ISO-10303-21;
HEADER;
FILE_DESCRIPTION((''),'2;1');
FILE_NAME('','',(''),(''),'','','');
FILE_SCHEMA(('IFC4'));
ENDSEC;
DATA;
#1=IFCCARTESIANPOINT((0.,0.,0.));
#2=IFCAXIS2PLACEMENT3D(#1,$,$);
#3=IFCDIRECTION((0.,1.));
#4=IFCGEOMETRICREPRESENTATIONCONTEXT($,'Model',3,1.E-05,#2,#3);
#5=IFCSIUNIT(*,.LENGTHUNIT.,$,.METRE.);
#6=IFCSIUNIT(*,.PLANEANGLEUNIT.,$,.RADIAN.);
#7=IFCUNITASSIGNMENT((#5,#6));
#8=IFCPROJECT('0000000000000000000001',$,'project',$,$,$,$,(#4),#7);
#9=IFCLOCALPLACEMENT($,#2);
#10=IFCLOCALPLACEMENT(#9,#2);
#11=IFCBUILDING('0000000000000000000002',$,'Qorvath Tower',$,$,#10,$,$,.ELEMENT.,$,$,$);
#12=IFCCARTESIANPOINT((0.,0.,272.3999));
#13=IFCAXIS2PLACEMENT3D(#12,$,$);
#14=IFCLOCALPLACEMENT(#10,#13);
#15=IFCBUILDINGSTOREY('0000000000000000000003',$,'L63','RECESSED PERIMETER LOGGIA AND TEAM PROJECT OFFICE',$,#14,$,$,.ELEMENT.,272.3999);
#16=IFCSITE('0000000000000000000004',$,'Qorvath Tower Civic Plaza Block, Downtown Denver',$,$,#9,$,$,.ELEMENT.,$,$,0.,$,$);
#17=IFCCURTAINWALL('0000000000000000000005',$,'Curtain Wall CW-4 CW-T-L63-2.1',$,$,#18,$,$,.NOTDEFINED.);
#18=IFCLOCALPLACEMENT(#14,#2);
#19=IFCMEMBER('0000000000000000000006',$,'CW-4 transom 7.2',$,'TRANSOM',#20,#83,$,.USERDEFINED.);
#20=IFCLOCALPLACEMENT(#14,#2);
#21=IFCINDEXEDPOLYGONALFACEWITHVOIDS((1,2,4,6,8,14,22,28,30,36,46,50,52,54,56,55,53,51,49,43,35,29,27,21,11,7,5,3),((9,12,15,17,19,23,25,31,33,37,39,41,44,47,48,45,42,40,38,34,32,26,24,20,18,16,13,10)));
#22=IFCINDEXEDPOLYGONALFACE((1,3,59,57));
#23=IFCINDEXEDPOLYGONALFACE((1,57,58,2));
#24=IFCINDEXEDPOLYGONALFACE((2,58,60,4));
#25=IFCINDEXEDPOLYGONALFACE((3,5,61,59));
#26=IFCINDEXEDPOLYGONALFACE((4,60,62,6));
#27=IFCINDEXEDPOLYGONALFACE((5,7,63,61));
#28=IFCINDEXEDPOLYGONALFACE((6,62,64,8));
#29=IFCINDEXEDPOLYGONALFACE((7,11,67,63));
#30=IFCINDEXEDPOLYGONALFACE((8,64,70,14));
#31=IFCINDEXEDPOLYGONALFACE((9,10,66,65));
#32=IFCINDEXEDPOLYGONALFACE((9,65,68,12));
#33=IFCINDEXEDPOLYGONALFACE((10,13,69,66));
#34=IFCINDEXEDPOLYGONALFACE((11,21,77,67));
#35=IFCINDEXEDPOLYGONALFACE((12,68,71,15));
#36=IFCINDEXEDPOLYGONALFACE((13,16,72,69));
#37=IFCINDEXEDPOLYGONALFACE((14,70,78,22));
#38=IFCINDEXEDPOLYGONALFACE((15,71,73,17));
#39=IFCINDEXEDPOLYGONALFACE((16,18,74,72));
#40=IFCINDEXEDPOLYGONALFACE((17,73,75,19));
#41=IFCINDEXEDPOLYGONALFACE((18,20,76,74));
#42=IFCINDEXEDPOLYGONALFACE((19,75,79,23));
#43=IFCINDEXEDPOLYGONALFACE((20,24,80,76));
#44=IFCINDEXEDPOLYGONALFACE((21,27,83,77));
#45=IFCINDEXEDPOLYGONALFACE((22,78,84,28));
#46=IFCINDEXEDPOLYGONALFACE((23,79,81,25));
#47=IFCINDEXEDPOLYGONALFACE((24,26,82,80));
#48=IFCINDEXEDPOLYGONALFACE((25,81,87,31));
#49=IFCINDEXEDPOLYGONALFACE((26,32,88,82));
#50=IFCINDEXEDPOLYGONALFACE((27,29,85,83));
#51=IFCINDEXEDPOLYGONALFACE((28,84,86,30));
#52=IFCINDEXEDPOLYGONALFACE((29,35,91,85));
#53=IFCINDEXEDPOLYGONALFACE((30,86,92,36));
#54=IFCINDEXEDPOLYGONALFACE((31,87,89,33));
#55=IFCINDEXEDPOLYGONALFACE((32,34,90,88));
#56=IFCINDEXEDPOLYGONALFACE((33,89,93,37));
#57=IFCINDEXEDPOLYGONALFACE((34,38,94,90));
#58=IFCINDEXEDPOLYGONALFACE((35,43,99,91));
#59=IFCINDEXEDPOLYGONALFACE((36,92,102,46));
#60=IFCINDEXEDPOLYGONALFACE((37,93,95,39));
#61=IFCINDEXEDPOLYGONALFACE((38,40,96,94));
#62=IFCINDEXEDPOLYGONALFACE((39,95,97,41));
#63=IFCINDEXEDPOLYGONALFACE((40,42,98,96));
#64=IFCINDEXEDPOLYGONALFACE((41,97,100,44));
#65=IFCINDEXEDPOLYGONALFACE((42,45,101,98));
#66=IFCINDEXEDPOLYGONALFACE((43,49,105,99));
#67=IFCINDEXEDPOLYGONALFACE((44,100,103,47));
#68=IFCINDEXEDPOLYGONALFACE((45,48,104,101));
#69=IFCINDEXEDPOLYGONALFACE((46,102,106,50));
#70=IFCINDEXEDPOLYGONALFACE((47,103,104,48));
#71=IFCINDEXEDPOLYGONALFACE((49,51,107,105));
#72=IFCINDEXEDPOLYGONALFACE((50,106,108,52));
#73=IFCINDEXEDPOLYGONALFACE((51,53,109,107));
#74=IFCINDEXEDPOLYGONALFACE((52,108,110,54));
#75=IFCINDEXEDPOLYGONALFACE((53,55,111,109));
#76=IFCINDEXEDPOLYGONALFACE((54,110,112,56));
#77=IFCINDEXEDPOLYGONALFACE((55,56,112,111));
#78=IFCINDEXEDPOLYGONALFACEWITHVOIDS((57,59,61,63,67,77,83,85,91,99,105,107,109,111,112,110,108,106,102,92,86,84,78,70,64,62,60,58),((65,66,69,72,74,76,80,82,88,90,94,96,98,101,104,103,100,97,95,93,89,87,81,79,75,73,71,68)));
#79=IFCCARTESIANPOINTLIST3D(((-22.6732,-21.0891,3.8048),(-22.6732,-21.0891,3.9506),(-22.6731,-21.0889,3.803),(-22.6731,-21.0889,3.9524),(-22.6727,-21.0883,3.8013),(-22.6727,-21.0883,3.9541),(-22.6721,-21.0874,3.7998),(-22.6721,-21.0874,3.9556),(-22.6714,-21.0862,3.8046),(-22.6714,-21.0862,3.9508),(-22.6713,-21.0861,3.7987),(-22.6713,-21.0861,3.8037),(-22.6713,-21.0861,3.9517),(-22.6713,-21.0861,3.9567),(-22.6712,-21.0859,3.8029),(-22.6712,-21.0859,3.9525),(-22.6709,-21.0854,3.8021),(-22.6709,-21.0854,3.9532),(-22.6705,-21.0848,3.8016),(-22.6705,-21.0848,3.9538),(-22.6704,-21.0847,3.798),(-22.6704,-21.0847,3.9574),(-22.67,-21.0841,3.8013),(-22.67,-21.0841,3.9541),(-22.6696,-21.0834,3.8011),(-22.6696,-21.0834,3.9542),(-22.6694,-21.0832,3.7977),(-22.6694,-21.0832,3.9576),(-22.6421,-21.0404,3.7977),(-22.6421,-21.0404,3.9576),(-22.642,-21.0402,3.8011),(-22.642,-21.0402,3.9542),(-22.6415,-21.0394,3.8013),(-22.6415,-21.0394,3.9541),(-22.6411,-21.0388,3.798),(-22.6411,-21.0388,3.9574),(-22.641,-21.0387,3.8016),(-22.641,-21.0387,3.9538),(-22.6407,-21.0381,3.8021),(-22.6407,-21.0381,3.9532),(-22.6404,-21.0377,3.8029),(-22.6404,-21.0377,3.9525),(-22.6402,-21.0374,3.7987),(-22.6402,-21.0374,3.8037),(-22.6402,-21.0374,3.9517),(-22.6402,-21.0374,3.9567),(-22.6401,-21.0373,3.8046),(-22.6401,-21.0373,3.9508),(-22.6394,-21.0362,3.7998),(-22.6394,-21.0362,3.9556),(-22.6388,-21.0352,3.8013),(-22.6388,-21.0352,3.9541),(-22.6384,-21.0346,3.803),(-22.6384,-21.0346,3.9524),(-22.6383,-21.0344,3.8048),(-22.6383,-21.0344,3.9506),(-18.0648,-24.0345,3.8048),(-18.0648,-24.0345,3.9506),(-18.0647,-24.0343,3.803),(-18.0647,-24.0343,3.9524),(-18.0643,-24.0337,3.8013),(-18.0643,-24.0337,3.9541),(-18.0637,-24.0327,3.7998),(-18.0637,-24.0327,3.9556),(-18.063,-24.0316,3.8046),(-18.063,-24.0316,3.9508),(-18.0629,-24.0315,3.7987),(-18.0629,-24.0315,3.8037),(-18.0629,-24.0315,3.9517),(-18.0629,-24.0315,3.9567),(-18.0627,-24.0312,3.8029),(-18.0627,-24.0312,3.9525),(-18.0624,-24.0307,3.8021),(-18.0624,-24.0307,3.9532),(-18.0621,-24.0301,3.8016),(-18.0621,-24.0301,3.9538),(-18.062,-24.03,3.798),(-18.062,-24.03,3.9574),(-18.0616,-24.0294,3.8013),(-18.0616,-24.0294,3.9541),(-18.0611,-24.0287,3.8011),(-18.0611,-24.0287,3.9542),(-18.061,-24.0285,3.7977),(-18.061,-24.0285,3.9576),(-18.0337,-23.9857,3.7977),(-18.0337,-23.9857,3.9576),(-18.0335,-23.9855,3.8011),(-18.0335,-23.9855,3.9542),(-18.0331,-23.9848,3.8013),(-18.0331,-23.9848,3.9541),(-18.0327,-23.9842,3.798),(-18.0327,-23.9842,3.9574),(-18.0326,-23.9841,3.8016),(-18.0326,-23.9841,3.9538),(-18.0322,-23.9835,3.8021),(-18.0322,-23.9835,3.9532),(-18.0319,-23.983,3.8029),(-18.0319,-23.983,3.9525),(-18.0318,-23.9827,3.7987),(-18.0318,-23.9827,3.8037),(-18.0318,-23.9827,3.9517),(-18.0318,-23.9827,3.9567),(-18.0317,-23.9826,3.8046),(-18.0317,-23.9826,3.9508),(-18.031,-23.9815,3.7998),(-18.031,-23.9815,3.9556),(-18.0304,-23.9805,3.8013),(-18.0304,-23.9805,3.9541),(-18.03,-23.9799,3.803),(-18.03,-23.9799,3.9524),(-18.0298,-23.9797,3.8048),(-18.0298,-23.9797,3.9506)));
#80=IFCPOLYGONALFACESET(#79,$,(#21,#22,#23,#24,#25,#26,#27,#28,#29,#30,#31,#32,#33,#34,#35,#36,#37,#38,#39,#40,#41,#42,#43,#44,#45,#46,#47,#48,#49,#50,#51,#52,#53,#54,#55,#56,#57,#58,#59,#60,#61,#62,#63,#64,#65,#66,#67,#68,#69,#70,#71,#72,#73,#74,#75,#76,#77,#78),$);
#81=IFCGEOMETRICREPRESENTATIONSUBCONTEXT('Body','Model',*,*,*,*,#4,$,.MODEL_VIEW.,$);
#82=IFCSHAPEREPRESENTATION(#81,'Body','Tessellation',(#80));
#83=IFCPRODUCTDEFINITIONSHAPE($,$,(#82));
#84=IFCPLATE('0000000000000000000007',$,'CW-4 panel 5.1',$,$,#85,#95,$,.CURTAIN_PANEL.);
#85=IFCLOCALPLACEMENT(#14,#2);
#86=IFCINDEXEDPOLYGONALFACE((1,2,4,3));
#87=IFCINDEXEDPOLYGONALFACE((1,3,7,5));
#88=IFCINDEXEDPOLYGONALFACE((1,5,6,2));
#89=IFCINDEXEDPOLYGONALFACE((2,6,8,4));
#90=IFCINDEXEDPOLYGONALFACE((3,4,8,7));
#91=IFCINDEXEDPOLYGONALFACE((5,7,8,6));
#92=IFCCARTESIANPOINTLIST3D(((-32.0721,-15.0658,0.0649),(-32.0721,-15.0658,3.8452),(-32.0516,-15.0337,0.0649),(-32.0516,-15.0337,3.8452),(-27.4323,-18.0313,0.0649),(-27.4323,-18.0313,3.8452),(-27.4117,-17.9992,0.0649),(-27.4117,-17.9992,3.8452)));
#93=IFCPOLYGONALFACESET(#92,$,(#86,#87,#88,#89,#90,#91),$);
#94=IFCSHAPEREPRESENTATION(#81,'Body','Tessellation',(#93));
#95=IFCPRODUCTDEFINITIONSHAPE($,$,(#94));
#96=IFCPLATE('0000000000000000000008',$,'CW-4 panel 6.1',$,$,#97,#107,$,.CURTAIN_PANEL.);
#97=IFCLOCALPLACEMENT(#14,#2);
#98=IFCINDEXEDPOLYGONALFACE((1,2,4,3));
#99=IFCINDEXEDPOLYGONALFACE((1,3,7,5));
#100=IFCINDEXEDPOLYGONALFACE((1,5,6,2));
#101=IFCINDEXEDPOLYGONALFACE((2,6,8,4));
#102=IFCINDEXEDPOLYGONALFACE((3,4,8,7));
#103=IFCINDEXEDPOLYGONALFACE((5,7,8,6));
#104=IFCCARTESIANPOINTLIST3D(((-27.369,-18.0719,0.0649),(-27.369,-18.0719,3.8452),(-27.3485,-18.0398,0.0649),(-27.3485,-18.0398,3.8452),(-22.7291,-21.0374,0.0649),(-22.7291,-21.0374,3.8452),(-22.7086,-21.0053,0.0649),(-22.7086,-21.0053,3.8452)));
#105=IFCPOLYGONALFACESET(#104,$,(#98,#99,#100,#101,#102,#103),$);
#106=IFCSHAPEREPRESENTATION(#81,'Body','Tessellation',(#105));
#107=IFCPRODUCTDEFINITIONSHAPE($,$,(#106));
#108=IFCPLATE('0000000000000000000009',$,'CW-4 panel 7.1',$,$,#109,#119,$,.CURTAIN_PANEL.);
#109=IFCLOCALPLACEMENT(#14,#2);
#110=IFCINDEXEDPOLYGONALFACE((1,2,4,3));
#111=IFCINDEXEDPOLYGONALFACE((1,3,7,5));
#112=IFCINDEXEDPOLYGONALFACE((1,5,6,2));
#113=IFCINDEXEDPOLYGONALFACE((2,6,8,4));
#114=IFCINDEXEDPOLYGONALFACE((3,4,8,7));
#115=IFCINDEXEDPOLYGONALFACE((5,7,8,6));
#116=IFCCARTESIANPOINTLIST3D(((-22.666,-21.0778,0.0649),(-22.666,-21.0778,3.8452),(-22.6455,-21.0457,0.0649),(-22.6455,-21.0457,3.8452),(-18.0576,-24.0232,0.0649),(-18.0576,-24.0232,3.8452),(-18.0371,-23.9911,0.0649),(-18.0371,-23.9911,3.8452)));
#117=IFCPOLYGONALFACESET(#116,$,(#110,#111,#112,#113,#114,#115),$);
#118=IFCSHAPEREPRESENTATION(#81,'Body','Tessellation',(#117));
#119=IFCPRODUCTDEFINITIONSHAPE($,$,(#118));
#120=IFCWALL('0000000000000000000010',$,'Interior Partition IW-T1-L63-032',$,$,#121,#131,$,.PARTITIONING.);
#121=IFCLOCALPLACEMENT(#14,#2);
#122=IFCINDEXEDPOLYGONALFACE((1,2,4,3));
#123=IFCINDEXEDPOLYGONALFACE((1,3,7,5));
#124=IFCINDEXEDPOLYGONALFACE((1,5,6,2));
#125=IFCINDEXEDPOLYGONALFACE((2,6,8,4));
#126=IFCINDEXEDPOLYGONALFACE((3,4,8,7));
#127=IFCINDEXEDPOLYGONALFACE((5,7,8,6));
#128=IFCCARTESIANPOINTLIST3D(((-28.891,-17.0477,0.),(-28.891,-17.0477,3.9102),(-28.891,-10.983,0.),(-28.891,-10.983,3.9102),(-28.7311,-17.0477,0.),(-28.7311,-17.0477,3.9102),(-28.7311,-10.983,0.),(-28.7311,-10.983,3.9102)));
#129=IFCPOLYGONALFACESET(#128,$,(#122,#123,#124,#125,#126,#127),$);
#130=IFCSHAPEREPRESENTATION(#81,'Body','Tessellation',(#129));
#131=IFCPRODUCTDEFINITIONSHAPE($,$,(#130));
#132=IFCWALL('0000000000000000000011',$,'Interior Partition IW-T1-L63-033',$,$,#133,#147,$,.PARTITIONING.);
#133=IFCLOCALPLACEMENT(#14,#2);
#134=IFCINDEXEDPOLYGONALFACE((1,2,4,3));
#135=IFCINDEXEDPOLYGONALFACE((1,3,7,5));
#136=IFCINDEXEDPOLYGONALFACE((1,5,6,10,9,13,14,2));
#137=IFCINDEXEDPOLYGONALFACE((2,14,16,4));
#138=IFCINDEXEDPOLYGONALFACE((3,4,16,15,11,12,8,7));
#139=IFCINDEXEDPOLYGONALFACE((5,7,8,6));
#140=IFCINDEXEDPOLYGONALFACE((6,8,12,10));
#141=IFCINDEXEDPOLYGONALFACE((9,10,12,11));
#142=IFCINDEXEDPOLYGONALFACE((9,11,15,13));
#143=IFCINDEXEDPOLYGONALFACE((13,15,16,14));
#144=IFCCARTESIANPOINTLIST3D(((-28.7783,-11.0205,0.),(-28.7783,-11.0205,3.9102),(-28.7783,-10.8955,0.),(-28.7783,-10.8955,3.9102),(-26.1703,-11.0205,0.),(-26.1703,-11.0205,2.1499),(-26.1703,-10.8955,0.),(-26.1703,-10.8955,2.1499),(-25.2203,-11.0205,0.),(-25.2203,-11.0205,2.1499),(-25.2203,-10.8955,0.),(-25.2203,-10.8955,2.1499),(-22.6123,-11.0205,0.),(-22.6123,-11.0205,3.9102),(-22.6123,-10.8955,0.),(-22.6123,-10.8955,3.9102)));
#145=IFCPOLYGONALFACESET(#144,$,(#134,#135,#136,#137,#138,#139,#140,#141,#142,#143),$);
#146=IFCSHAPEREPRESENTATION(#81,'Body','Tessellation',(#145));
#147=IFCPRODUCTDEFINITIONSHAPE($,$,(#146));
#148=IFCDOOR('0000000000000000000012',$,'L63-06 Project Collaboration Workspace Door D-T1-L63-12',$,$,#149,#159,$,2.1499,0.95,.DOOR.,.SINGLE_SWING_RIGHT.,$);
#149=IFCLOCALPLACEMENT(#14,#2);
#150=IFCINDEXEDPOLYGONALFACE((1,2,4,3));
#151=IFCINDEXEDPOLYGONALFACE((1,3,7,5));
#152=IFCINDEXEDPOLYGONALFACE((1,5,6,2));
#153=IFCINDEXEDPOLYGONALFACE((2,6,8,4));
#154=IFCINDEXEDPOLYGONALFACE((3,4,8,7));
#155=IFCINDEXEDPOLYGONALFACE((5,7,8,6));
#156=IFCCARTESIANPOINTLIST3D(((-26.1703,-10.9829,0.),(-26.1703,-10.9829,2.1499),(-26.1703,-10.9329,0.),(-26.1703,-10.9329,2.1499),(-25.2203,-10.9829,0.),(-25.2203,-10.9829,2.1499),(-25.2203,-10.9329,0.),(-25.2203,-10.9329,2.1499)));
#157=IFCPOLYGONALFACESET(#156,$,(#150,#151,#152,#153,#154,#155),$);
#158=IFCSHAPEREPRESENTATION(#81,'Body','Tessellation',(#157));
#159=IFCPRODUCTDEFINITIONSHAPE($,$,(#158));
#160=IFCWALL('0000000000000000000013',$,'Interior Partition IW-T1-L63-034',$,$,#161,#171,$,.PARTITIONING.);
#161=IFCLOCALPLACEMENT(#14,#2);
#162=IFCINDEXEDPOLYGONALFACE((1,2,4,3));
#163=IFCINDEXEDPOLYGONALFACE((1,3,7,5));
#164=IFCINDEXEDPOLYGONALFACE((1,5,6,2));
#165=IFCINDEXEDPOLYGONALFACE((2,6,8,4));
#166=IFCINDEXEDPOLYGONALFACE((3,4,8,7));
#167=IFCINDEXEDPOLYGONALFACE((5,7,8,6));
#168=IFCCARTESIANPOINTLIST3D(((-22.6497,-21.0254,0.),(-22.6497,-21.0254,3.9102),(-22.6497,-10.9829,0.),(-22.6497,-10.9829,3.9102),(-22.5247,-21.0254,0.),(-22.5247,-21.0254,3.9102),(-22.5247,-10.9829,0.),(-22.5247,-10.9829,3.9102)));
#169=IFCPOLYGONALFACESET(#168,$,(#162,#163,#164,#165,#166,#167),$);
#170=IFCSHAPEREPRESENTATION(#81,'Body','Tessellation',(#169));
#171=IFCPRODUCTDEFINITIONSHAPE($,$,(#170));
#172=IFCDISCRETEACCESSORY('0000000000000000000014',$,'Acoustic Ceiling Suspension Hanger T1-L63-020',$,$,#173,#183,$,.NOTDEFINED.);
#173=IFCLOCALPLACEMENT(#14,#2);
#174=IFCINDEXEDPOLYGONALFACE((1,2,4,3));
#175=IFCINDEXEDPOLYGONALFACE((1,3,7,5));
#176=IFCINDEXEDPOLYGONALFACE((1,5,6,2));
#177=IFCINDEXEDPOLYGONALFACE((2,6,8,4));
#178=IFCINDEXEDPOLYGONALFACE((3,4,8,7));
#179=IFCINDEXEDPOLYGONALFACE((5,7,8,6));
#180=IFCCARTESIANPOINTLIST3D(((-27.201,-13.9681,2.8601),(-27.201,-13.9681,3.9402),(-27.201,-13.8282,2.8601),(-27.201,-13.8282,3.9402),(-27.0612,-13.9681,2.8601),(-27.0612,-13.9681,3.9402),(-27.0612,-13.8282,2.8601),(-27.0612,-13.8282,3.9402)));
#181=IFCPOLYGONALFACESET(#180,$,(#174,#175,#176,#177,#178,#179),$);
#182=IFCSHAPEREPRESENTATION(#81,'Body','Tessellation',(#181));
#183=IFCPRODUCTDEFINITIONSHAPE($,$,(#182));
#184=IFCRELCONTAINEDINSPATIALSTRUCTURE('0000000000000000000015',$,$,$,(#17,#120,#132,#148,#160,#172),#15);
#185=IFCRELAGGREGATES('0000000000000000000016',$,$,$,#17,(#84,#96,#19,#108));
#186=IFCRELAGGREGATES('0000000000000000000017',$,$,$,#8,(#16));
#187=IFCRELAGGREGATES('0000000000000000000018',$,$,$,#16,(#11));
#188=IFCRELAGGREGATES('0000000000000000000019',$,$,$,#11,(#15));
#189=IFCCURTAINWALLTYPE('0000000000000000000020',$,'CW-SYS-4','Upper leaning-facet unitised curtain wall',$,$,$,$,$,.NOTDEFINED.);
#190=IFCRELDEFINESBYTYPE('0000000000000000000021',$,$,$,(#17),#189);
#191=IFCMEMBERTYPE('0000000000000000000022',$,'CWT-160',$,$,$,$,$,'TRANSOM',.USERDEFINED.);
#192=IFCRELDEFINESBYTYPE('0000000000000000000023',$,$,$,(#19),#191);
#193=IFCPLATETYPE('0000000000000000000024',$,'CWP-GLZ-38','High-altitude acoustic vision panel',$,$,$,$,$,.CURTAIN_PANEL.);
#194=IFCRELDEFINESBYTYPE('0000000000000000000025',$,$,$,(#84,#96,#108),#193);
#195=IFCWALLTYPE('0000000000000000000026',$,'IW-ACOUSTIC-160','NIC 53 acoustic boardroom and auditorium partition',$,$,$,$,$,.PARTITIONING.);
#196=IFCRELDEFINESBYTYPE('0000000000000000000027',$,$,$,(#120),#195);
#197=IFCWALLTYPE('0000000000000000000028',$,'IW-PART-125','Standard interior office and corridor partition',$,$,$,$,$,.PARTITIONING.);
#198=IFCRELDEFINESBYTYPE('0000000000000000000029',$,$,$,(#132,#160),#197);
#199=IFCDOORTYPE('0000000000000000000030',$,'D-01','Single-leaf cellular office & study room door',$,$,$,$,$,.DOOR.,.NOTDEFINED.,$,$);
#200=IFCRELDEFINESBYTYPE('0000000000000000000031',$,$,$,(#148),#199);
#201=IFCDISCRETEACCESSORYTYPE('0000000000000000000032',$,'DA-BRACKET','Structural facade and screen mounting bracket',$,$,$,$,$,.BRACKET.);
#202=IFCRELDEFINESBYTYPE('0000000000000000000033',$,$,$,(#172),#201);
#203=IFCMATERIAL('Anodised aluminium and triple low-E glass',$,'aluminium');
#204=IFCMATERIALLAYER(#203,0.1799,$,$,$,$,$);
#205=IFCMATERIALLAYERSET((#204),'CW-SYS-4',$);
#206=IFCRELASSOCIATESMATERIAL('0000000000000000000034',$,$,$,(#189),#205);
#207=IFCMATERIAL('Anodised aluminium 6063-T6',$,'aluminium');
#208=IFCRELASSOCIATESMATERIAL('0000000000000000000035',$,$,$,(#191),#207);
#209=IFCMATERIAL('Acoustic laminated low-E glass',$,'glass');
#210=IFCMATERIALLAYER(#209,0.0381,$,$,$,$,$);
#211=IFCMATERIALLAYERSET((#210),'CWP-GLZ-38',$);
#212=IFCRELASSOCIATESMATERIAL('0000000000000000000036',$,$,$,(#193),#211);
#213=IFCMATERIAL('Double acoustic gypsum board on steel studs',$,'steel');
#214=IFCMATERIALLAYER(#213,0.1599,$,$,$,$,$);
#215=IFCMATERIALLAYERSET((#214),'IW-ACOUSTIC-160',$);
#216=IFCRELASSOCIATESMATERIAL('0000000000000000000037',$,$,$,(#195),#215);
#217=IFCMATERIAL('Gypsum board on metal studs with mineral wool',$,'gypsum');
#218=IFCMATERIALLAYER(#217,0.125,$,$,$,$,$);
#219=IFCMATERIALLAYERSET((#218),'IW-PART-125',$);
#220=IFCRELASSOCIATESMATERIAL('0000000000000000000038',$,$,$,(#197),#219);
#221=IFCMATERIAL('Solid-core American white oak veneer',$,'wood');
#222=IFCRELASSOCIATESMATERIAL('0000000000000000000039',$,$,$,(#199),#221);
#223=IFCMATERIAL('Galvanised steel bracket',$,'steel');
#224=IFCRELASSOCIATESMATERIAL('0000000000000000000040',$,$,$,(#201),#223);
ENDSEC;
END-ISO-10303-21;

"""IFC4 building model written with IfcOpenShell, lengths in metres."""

from ifc_helpers import new_model, si_unit, direction, frame, frame_2d, origin, origin_2d, place, context, subcontext, project, spatial, rectangle, hollow_rectangle, extrude, material, layer, layer_set, material_profile, profile_set, type_object, element, fill, aggregate, save


model = new_model("IFC4")

# Units and contexts
model_context = context("Model", 3, precision=1e-05, world=origin(), true_north=direction((0.0, 1.0)))
body_context = subcontext(model_context, "Body", "Model", "MODEL_VIEW")
ifc_project = project(units=[si_unit("LENGTHUNIT", "METRE"), si_unit("PLANEANGLEUNIT", "RADIAN")], contexts=[model_context])

# Site, building, storey
site_placement = place(None, origin())
site = spatial("IfcSite", under=ifc_project, at=site_placement, Name="Qorvath Tower Civic Plaza Block, Downtown Denver", CompositionType="ELEMENT", RefElevation=0.0)
building_placement = place(site_placement, origin())
building = spatial("IfcBuilding", under=site, at=building_placement, Name="Qorvath Tower", CompositionType="ELEMENT")
storey_placement = place(building_placement, frame((0.0, 0.0, 272.3999)))
storey = spatial("IfcBuildingStorey", under=building, at=storey_placement, Name="L63", Description="RECESSED PERIMETER LOGGIA AND TEAM PROJECT OFFICE", CompositionType="ELEMENT", Elevation=272.3999)

# Curtain wall, member, plates
ifc_material_1 = material(Name="Anodised aluminium and triple low-E glass", Category="aluminium")
ifc_layer_1 = layer(ifc_material_1, 0.1799)
ifc_layer_set_1 = layer_set([ifc_layer_1], Name="CW-SYS-4")
curtain_wall_type = type_object("IfcCurtainWallType", Name="CW-SYS-4", Description="Upper leaning-facet unitised curtain wall", PredefinedType="NOTDEFINED", material=ifc_layer_set_1)
curtain_wall_placement = place(storey_placement, origin())
curtain_wall = element("IfcCurtainWall", 1, at=curtain_wall_placement, inside=storey, type_object=curtain_wall_type, Name="Curtain Wall CW-4 CW-T-L63-2.1", PredefinedType="NOTDEFINED")
ifc_material_2 = material(Name="Anodised aluminium 6063-T6", Category="aluminium")
ifc_material_profile_1 = material_profile(ifc_material_2, hollow_rectangle(XDim=0.0649, YDim=0.1599, WallThickness=0.0034, InnerFilletRadius=0.0034, OuterFilletRadius=0.0071, at=origin_2d()), Name="CWT 160x65")
ifc_profile_set_1 = profile_set([ifc_material_profile_1], Name="Anodised aluminium 6063-T6")
member_type_1 = type_object("IfcMemberType", Name="CWT-160", ElementType="TRANSOM", PredefinedType="USERDEFINED", material=ifc_profile_set_1)
member_1_placement = place(storey_placement, frame((-22.6558, -21.0618, 3.8777), z_axis=(0.842608, -0.538527, 0.0), x_axis=(0.538527, 0.842608, 0.0)))
member_1 = element("IfcMember", 2, at=member_1_placement, type_object=member_type_1, Name="CW-4 transom 7.2", ObjectType="TRANSOM", PredefinedType="USERDEFINED", context=body_context, shape_type="SweptSolid", body=[
    extrude(hollow_rectangle(XDim=0.0649, YDim=0.1599, WallThickness=0.0034, InnerFilletRadius=0.0034, OuterFilletRadius=0.0071, at=origin_2d()), origin(), (0.0, 0.0, 1.0), 5.4692),
])
ifc_material_3 = material(Name="Acoustic laminated low-E glass", Category="glass")
ifc_layer_2 = layer(ifc_material_3, 0.0381)
ifc_layer_set_2 = layer_set([ifc_layer_2], Name="CWP-GLZ-38")
plate_type = type_object("IfcPlateType", Name="CWP-GLZ-38", Description="High-altitude acoustic vision panel", PredefinedType="CURTAIN_PANEL", material=ifc_layer_set_2)
plate_1_placement = place(storey_placement, frame((-29.7419, -16.5325, 0.0649), z_axis=(0.0, 0.0, 1.0), x_axis=(0.842604, -0.538534, 0.0)))
plate_1 = element("IfcPlate", 3, at=plate_1_placement, type_object=plate_type, Name="CW-4 panel 5.1", PredefinedType="CURTAIN_PANEL", context=body_context, shape_type="SweptSolid", body=[
    extrude(rectangle(XDim=5.5066, YDim=0.0381, at=origin_2d()), origin(), (0.0, 0.0, 1.0), 3.7803),
])
plate_2_placement = place(storey_placement, frame((-25.0388, -19.5386, 0.0649), z_axis=(0.0, 0.0, 1.0), x_axis=(0.842604, -0.538534, 0.0)))
plate_2 = element("IfcPlate", 4, at=plate_2_placement, type_object=plate_type, Name="CW-4 panel 6.1", PredefinedType="CURTAIN_PANEL", context=body_context, shape_type="SweptSolid", body=[
    extrude(rectangle(XDim=5.5066, YDim=0.0381, at=origin_2d()), origin(), (0.0, 0.0, 1.0), 3.7803),
])
plate_3_placement = place(storey_placement, frame((-20.3516, -22.5344, 0.0649), z_axis=(0.0, 0.0, 1.0), x_axis=(0.842604, -0.538534, 0.0)))
plate_3 = element("IfcPlate", 5, at=plate_3_placement, type_object=plate_type, Name="CW-4 panel 7.1", PredefinedType="CURTAIN_PANEL", context=body_context, shape_type="SweptSolid", body=[
    extrude(rectangle(XDim=5.4692, YDim=0.0381, at=origin_2d()), origin(), (0.0, 0.0, 1.0), 3.7803),
])
aggregate(curtain_wall, [plate_1, plate_2, member_1, plate_3])

# Shared definitions
ifc_material_4 = material(Name="Double acoustic gypsum board on steel studs", Category="steel")
ifc_layer_3 = layer(ifc_material_4, 0.1599)
ifc_layer_set_3 = layer_set([ifc_layer_3], Name="IW-ACOUSTIC-160")
wall_type_1 = type_object("IfcWallType", Name="IW-ACOUSTIC-160", Description="NIC 53 acoustic boardroom and auditorium partition", PredefinedType="PARTITIONING", material=ifc_layer_set_3)

# Wall
wall_1_placement = place(storey_placement, frame((-28.811, -17.0476, 0.0), z_axis=(0.0, 0.0, 1.0), x_axis=(0.0, 1.0, 0.0)))
element("IfcWall", 6, at=wall_1_placement, inside=storey, type_object=wall_type_1, Name="Interior Partition IW-T1-L63-032", PredefinedType="PARTITIONING", context=body_context, shape_type="SweptSolid", body=[
    extrude(rectangle(XDim=6.0647, YDim=0.1599, at=frame_2d((3.0322, 0.0))), origin(), (0.0, 0.0, 1.0), 3.9102),
])

# Wall, opening, door
ifc_material_5 = material(Name="Gypsum board on metal studs with mineral wool", Category="gypsum")
ifc_layer_4 = layer(ifc_material_5, 0.125)
ifc_layer_set_4 = layer_set([ifc_layer_4], Name="IW-PART-125")
wall_type_2 = type_object("IfcWallType", Name="IW-PART-125", Description="Standard interior office and corridor partition", PredefinedType="PARTITIONING", material=ifc_layer_set_4)
wall_2_placement = place(storey_placement, frame((-22.6123, -10.958, 0.0), z_axis=(0.0, 0.0, 1.0), x_axis=(-1.0, 0.0, 0.0)))
wall_2 = element("IfcWall", 7, at=wall_2_placement, inside=storey, type_object=wall_type_2, Name="Interior Partition IW-T1-L63-033", PredefinedType="PARTITIONING", context=body_context, shape_type="SweptSolid", body=[
    extrude(rectangle(XDim=6.166, YDim=0.125, at=frame_2d((3.083, 0.0))), origin(), (0.0, 0.0, 1.0), 3.9102),
])
opening_1_placement = place(wall_2_placement, frame((2.6079, 0.0, 0.0)))
opening_1 = element("IfcOpeningElement", 8, at=opening_1_placement, cuts=wall_2, PredefinedType="OPENING", context=body_context, shape_type="SweptSolid", body=[
    extrude(rectangle(XDim=0.95, YDim=2.1499, at=frame_2d((0.4751, 1.075))), frame((0.0, 0.0725, 0.0), z_axis=(0.0, -1.0, 0.0), x_axis=(1.0, 0.0, 0.0)), (0.0, 0.0, 1.0), 0.145),
])
ifc_material_6 = material(Name="Solid-core American white oak veneer", Category="wood")
door_type_1 = type_object("IfcDoorType", Name="D-01", Description="Single-leaf cellular office & study room door", OperationType="NOTDEFINED", PredefinedType="DOOR", material=ifc_material_6)
door_1_placement = place(opening_1_placement, origin())
door_1 = element("IfcDoor", 9, at=door_1_placement, inside=storey, type_object=door_type_1, Name="L63-06 Project Collaboration Workspace Door D-T1-L63-12", OperationType="SINGLE_SWING_RIGHT", OverallHeight=2.1499, OverallWidth=0.95, PredefinedType="DOOR", context=body_context, shape_type="SweptSolid", body=[
    extrude(rectangle(XDim=0.95, YDim=2.1499, at=frame_2d((0.4751, 1.075))), frame((0.0, 0.0249, 0.0), z_axis=(0.0, -1.0, 0.0), x_axis=(1.0, 0.0, 0.0)), (0.0, 0.0, 1.0), 0.05),
])
fill(opening_1, door_1)

# Wall
wall_3_placement = place(storey_placement, frame((-22.5872, -21.0254, 0.0), z_axis=(0.0, 0.0, 1.0), x_axis=(0.0, 1.0, 0.0)))
element("IfcWall", 10, at=wall_3_placement, inside=storey, type_object=wall_type_2, Name="Interior Partition IW-T1-L63-034", PredefinedType="PARTITIONING", context=body_context, shape_type="SweptSolid", body=[
    extrude(rectangle(XDim=10.0425, YDim=0.125, at=frame_2d((5.0212, 0.0))), origin(), (0.0, 0.0, 1.0), 3.9102),
])

# Discrete accessory
ifc_material_7 = material(Name="Galvanised steel bracket", Category="steel")
discrete_accessory_type = type_object("IfcDiscreteAccessoryType", Name="DA-BRACKET", Description="Structural facade and screen mounting bracket", PredefinedType="BRACKET", material=ifc_material_7)
for number, where, z_axis, x_axis, name in (
    (11, (-27.1311, -13.8982, 2.8601), (0.0, 0.0, 1.0), (1.0, 0.0, 0.0), "Acoustic Ceiling Suspension Hanger T1-L63-020"),
):
    element("IfcDiscreteAccessory", number, at=place(storey_placement, frame(where, z_axis=z_axis, x_axis=x_axis)), inside=storey, type_object=discrete_accessory_type, Name=name, PredefinedType="NOTDEFINED", context=body_context, shape_type="SweptSolid", body=[
        extrude(rectangle(XDim=0.1399, YDim=0.1399, at=origin_2d()), origin(), (0.0, 0.0, 1.0), 1.0801),
    ])

save(model, "model.ifc")
